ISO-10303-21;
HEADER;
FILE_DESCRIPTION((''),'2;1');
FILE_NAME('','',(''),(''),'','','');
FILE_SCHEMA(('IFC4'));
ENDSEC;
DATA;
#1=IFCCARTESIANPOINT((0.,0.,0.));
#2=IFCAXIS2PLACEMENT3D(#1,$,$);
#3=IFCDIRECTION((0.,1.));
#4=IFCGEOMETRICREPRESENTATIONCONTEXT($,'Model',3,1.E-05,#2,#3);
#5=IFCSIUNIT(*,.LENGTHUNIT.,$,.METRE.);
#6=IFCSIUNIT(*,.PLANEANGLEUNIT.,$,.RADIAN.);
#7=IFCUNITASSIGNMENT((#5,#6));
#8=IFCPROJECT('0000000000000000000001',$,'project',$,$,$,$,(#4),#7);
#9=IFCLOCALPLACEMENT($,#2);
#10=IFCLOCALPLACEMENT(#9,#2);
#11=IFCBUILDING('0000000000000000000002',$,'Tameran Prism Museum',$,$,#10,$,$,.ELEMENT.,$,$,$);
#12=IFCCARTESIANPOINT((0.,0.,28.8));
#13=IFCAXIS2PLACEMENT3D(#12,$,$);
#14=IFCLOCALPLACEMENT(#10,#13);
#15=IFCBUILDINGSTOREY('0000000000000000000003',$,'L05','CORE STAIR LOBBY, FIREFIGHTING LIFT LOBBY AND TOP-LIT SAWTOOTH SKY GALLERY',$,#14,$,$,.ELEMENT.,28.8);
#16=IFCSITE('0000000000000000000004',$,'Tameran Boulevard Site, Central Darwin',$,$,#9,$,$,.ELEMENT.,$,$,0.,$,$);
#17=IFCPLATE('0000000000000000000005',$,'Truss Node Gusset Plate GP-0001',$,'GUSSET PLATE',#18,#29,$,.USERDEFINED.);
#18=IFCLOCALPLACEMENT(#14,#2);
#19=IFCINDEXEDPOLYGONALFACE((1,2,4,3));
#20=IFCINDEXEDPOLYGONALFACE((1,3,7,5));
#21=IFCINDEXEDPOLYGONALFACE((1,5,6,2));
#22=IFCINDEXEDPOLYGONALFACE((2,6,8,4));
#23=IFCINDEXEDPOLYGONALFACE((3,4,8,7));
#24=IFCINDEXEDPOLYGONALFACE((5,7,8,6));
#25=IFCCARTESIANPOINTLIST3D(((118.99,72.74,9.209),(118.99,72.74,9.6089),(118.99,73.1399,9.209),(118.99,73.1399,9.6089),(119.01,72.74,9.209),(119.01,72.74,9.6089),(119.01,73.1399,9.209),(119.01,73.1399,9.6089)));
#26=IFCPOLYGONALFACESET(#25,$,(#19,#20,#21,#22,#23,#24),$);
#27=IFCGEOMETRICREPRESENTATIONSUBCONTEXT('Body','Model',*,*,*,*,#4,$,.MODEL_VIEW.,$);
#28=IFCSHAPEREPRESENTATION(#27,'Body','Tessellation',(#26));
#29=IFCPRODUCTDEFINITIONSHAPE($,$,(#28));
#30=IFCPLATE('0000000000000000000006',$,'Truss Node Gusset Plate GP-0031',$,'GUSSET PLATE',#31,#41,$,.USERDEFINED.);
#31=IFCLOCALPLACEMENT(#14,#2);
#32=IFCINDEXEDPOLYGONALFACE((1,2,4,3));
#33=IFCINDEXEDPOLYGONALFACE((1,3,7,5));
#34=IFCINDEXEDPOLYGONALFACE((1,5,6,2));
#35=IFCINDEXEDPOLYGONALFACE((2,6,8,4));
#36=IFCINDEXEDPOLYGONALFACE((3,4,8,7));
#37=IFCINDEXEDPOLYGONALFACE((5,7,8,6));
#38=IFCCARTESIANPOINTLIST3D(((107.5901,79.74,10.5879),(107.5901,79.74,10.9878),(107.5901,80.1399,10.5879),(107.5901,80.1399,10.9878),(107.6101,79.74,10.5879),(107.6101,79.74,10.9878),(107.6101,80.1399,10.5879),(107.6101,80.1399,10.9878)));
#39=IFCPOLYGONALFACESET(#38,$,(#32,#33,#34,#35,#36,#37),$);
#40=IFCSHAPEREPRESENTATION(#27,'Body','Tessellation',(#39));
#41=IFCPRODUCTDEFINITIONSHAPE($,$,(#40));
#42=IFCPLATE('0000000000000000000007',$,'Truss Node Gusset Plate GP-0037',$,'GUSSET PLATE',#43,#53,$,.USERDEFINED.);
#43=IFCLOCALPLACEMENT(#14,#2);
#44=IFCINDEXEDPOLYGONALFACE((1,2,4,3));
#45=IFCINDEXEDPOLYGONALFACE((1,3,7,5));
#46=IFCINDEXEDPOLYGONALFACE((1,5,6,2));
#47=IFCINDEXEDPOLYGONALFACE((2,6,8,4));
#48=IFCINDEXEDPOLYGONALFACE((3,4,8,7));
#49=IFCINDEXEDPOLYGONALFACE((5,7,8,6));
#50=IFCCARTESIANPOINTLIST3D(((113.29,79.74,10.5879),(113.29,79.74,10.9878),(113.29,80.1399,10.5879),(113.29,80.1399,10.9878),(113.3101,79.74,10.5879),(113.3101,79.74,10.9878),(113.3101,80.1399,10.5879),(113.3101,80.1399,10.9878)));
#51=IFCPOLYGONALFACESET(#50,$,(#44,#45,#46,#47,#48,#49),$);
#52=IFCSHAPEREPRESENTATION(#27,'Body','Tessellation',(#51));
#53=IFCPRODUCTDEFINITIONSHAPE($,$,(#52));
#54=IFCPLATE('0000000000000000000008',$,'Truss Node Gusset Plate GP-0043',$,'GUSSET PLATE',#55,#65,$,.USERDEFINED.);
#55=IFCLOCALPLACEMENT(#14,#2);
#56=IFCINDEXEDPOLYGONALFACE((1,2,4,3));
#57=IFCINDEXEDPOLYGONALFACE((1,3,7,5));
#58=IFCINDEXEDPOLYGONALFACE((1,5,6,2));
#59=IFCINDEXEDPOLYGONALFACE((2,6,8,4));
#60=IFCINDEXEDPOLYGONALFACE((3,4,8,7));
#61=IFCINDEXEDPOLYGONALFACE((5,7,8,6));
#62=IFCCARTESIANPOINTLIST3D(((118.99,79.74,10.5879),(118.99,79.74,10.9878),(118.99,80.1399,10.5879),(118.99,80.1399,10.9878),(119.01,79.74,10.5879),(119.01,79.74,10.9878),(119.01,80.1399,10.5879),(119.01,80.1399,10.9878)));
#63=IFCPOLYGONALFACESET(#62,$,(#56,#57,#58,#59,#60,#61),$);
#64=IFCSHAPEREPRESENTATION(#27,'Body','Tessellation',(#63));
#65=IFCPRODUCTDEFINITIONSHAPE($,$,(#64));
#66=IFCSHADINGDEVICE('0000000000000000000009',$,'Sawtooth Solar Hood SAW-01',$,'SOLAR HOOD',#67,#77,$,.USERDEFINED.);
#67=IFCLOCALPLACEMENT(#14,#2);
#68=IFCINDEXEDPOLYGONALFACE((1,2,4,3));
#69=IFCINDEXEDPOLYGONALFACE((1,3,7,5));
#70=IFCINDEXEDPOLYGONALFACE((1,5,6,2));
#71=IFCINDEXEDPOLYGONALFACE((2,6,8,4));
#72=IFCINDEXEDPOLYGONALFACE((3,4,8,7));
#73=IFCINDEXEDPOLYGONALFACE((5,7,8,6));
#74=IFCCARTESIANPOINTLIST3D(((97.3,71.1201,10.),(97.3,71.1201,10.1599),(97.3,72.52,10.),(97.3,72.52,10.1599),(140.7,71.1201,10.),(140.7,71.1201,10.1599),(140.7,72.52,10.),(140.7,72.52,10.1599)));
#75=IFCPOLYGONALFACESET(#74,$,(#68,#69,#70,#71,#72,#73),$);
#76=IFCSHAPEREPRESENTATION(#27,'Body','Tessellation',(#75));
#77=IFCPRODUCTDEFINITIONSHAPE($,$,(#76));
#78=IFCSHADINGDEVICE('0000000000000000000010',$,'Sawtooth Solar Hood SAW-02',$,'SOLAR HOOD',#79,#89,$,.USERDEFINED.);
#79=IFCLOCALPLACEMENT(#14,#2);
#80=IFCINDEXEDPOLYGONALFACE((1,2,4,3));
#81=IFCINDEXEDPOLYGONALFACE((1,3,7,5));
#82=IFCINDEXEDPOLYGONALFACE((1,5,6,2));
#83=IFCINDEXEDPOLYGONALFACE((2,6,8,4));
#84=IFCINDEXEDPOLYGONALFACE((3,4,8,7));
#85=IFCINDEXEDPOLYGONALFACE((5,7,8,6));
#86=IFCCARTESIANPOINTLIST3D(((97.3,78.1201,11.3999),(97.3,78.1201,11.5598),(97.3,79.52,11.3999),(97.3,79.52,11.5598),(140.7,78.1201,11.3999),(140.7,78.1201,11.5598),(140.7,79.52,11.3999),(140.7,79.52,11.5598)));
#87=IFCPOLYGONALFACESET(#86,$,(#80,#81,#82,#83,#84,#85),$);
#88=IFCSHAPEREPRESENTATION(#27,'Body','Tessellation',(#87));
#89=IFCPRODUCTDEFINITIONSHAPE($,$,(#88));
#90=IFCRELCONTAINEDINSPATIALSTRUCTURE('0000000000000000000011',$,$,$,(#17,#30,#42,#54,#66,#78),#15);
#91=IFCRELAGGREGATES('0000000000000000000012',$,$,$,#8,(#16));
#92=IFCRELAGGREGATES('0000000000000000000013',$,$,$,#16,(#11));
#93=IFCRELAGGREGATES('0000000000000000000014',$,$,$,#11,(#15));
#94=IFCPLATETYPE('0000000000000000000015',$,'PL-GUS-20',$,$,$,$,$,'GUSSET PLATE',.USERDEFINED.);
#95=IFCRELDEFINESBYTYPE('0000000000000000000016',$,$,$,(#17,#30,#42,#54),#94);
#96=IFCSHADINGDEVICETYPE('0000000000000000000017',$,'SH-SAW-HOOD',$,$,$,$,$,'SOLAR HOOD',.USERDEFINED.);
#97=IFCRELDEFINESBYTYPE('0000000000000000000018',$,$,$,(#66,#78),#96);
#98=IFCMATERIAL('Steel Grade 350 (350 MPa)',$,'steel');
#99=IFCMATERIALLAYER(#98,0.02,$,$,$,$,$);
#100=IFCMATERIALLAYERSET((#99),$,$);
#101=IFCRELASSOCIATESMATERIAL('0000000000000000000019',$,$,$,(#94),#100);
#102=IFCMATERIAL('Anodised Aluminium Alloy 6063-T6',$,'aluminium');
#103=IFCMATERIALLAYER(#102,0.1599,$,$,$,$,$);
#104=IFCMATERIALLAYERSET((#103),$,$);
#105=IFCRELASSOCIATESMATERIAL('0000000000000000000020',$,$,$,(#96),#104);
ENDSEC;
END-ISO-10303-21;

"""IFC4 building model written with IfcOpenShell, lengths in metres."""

from ifc_helpers import new_model, si_unit, direction, frame, origin, origin_2d, place, context, subcontext, project, spatial, rectangle, extrude, material, layer, layer_set, type_object, element, save


model = new_model("IFC4")

# Units and contexts
model_context = context("Model", 3, precision=1e-05, world=origin(), true_north=direction((0.0, 1.0)))
body_context = subcontext(model_context, "Body", "Model", "MODEL_VIEW")
ifc_project = project(units=[si_unit("LENGTHUNIT", "METRE"), si_unit("PLANEANGLEUNIT", "RADIAN")], contexts=[model_context])

# Site, building, storey
site_placement = place(None, origin())
site = spatial("IfcSite", under=ifc_project, at=site_placement, Name="Tameran Boulevard Site, Central Darwin", CompositionType="ELEMENT", RefElevation=0.0)
building_placement = place(site_placement, origin())
building = spatial("IfcBuilding", under=site, at=building_placement, Name="Tameran Prism Museum", CompositionType="ELEMENT")
storey_placement = place(building_placement, frame((0.0, 0.0, 28.8)))
storey = spatial("IfcBuildingStorey", under=building, at=storey_placement, Name="L05", Description="CORE STAIR LOBBY, FIREFIGHTING LIFT LOBBY AND TOP-LIT SAWTOOTH SKY GALLERY", CompositionType="ELEMENT", Elevation=28.8)

# Plates
ifc_material_1 = material(Name="Steel Grade 350 (350 MPa)", Category="steel")
ifc_layer_1 = layer(ifc_material_1, 0.02)
ifc_layer_set_1 = layer_set([ifc_layer_1])
plate_type_1 = type_object("IfcPlateType", Name="PL-GUS-20", ElementType="GUSSET PLATE", PredefinedType="USERDEFINED", material=ifc_layer_set_1)
for number, where, z_axis, x_axis, name in (
    (1, (119.0, 72.9399, 9.209), (0.0, 0.0, 1.0), (1.0, 0.0, 0.0), "Truss Node Gusset Plate GP-0001"),
    (2, (107.6001, 79.9399, 10.5879), (0.0, 0.0, 1.0), (1.0, 0.0, 0.0), "Truss Node Gusset Plate GP-0031"),
    (3, (113.3, 79.9399, 10.5879), (0.0, 0.0, 1.0), (1.0, 0.0, 0.0), "Truss Node Gusset Plate GP-0037"),
    (4, (119.0, 79.9399, 10.5879), (0.0, 0.0, 1.0), (1.0, 0.0, 0.0), "Truss Node Gusset Plate GP-0043"),
):
    element("IfcPlate", number, at=place(storey_placement, frame(where, z_axis=z_axis, x_axis=x_axis)), inside=storey, type_object=plate_type_1, Name=name, ObjectType="GUSSET PLATE", PredefinedType="USERDEFINED", context=body_context, shape_type="SweptSolid", body=[
        extrude(rectangle(XDim=0.02, YDim=0.3999, at=origin_2d()), origin(), (0.0, 0.0, 1.0), 0.3999),
    ])

# Shading devices
ifc_material_2 = material(Name="Anodised Aluminium Alloy 6063-T6", Category="aluminium")
ifc_layer_2 = layer(ifc_material_2, 0.1599)
ifc_layer_set_2 = layer_set([ifc_layer_2])
shading_device_type = type_object("IfcShadingDeviceType", Name="SH-SAW-HOOD", ElementType="SOLAR HOOD", PredefinedType="USERDEFINED", material=ifc_layer_set_2)
for number, where, z_axis, x_axis, name in (
    (5, (119.0, 71.8201, 10.0), (0.0, 0.0, 1.0), (1.0, 0.0, 0.0), "Sawtooth Solar Hood SAW-01"),
    (6, (119.0, 78.8201, 11.3999), (0.0, 0.0, 1.0), (1.0, 0.0, 0.0), "Sawtooth Solar Hood SAW-02"),
):
    element("IfcShadingDevice", number, at=place(storey_placement, frame(where, z_axis=z_axis, x_axis=x_axis)), inside=storey, type_object=shading_device_type, Name=name, ObjectType="SOLAR HOOD", PredefinedType="USERDEFINED", context=body_context, shape_type="SweptSolid", body=[
        extrude(rectangle(XDim=43.3999, YDim=1.3999, at=origin_2d()), origin(), (0.0, 0.0, 1.0), 0.1599),
    ])

save(model, "model.ifc")
